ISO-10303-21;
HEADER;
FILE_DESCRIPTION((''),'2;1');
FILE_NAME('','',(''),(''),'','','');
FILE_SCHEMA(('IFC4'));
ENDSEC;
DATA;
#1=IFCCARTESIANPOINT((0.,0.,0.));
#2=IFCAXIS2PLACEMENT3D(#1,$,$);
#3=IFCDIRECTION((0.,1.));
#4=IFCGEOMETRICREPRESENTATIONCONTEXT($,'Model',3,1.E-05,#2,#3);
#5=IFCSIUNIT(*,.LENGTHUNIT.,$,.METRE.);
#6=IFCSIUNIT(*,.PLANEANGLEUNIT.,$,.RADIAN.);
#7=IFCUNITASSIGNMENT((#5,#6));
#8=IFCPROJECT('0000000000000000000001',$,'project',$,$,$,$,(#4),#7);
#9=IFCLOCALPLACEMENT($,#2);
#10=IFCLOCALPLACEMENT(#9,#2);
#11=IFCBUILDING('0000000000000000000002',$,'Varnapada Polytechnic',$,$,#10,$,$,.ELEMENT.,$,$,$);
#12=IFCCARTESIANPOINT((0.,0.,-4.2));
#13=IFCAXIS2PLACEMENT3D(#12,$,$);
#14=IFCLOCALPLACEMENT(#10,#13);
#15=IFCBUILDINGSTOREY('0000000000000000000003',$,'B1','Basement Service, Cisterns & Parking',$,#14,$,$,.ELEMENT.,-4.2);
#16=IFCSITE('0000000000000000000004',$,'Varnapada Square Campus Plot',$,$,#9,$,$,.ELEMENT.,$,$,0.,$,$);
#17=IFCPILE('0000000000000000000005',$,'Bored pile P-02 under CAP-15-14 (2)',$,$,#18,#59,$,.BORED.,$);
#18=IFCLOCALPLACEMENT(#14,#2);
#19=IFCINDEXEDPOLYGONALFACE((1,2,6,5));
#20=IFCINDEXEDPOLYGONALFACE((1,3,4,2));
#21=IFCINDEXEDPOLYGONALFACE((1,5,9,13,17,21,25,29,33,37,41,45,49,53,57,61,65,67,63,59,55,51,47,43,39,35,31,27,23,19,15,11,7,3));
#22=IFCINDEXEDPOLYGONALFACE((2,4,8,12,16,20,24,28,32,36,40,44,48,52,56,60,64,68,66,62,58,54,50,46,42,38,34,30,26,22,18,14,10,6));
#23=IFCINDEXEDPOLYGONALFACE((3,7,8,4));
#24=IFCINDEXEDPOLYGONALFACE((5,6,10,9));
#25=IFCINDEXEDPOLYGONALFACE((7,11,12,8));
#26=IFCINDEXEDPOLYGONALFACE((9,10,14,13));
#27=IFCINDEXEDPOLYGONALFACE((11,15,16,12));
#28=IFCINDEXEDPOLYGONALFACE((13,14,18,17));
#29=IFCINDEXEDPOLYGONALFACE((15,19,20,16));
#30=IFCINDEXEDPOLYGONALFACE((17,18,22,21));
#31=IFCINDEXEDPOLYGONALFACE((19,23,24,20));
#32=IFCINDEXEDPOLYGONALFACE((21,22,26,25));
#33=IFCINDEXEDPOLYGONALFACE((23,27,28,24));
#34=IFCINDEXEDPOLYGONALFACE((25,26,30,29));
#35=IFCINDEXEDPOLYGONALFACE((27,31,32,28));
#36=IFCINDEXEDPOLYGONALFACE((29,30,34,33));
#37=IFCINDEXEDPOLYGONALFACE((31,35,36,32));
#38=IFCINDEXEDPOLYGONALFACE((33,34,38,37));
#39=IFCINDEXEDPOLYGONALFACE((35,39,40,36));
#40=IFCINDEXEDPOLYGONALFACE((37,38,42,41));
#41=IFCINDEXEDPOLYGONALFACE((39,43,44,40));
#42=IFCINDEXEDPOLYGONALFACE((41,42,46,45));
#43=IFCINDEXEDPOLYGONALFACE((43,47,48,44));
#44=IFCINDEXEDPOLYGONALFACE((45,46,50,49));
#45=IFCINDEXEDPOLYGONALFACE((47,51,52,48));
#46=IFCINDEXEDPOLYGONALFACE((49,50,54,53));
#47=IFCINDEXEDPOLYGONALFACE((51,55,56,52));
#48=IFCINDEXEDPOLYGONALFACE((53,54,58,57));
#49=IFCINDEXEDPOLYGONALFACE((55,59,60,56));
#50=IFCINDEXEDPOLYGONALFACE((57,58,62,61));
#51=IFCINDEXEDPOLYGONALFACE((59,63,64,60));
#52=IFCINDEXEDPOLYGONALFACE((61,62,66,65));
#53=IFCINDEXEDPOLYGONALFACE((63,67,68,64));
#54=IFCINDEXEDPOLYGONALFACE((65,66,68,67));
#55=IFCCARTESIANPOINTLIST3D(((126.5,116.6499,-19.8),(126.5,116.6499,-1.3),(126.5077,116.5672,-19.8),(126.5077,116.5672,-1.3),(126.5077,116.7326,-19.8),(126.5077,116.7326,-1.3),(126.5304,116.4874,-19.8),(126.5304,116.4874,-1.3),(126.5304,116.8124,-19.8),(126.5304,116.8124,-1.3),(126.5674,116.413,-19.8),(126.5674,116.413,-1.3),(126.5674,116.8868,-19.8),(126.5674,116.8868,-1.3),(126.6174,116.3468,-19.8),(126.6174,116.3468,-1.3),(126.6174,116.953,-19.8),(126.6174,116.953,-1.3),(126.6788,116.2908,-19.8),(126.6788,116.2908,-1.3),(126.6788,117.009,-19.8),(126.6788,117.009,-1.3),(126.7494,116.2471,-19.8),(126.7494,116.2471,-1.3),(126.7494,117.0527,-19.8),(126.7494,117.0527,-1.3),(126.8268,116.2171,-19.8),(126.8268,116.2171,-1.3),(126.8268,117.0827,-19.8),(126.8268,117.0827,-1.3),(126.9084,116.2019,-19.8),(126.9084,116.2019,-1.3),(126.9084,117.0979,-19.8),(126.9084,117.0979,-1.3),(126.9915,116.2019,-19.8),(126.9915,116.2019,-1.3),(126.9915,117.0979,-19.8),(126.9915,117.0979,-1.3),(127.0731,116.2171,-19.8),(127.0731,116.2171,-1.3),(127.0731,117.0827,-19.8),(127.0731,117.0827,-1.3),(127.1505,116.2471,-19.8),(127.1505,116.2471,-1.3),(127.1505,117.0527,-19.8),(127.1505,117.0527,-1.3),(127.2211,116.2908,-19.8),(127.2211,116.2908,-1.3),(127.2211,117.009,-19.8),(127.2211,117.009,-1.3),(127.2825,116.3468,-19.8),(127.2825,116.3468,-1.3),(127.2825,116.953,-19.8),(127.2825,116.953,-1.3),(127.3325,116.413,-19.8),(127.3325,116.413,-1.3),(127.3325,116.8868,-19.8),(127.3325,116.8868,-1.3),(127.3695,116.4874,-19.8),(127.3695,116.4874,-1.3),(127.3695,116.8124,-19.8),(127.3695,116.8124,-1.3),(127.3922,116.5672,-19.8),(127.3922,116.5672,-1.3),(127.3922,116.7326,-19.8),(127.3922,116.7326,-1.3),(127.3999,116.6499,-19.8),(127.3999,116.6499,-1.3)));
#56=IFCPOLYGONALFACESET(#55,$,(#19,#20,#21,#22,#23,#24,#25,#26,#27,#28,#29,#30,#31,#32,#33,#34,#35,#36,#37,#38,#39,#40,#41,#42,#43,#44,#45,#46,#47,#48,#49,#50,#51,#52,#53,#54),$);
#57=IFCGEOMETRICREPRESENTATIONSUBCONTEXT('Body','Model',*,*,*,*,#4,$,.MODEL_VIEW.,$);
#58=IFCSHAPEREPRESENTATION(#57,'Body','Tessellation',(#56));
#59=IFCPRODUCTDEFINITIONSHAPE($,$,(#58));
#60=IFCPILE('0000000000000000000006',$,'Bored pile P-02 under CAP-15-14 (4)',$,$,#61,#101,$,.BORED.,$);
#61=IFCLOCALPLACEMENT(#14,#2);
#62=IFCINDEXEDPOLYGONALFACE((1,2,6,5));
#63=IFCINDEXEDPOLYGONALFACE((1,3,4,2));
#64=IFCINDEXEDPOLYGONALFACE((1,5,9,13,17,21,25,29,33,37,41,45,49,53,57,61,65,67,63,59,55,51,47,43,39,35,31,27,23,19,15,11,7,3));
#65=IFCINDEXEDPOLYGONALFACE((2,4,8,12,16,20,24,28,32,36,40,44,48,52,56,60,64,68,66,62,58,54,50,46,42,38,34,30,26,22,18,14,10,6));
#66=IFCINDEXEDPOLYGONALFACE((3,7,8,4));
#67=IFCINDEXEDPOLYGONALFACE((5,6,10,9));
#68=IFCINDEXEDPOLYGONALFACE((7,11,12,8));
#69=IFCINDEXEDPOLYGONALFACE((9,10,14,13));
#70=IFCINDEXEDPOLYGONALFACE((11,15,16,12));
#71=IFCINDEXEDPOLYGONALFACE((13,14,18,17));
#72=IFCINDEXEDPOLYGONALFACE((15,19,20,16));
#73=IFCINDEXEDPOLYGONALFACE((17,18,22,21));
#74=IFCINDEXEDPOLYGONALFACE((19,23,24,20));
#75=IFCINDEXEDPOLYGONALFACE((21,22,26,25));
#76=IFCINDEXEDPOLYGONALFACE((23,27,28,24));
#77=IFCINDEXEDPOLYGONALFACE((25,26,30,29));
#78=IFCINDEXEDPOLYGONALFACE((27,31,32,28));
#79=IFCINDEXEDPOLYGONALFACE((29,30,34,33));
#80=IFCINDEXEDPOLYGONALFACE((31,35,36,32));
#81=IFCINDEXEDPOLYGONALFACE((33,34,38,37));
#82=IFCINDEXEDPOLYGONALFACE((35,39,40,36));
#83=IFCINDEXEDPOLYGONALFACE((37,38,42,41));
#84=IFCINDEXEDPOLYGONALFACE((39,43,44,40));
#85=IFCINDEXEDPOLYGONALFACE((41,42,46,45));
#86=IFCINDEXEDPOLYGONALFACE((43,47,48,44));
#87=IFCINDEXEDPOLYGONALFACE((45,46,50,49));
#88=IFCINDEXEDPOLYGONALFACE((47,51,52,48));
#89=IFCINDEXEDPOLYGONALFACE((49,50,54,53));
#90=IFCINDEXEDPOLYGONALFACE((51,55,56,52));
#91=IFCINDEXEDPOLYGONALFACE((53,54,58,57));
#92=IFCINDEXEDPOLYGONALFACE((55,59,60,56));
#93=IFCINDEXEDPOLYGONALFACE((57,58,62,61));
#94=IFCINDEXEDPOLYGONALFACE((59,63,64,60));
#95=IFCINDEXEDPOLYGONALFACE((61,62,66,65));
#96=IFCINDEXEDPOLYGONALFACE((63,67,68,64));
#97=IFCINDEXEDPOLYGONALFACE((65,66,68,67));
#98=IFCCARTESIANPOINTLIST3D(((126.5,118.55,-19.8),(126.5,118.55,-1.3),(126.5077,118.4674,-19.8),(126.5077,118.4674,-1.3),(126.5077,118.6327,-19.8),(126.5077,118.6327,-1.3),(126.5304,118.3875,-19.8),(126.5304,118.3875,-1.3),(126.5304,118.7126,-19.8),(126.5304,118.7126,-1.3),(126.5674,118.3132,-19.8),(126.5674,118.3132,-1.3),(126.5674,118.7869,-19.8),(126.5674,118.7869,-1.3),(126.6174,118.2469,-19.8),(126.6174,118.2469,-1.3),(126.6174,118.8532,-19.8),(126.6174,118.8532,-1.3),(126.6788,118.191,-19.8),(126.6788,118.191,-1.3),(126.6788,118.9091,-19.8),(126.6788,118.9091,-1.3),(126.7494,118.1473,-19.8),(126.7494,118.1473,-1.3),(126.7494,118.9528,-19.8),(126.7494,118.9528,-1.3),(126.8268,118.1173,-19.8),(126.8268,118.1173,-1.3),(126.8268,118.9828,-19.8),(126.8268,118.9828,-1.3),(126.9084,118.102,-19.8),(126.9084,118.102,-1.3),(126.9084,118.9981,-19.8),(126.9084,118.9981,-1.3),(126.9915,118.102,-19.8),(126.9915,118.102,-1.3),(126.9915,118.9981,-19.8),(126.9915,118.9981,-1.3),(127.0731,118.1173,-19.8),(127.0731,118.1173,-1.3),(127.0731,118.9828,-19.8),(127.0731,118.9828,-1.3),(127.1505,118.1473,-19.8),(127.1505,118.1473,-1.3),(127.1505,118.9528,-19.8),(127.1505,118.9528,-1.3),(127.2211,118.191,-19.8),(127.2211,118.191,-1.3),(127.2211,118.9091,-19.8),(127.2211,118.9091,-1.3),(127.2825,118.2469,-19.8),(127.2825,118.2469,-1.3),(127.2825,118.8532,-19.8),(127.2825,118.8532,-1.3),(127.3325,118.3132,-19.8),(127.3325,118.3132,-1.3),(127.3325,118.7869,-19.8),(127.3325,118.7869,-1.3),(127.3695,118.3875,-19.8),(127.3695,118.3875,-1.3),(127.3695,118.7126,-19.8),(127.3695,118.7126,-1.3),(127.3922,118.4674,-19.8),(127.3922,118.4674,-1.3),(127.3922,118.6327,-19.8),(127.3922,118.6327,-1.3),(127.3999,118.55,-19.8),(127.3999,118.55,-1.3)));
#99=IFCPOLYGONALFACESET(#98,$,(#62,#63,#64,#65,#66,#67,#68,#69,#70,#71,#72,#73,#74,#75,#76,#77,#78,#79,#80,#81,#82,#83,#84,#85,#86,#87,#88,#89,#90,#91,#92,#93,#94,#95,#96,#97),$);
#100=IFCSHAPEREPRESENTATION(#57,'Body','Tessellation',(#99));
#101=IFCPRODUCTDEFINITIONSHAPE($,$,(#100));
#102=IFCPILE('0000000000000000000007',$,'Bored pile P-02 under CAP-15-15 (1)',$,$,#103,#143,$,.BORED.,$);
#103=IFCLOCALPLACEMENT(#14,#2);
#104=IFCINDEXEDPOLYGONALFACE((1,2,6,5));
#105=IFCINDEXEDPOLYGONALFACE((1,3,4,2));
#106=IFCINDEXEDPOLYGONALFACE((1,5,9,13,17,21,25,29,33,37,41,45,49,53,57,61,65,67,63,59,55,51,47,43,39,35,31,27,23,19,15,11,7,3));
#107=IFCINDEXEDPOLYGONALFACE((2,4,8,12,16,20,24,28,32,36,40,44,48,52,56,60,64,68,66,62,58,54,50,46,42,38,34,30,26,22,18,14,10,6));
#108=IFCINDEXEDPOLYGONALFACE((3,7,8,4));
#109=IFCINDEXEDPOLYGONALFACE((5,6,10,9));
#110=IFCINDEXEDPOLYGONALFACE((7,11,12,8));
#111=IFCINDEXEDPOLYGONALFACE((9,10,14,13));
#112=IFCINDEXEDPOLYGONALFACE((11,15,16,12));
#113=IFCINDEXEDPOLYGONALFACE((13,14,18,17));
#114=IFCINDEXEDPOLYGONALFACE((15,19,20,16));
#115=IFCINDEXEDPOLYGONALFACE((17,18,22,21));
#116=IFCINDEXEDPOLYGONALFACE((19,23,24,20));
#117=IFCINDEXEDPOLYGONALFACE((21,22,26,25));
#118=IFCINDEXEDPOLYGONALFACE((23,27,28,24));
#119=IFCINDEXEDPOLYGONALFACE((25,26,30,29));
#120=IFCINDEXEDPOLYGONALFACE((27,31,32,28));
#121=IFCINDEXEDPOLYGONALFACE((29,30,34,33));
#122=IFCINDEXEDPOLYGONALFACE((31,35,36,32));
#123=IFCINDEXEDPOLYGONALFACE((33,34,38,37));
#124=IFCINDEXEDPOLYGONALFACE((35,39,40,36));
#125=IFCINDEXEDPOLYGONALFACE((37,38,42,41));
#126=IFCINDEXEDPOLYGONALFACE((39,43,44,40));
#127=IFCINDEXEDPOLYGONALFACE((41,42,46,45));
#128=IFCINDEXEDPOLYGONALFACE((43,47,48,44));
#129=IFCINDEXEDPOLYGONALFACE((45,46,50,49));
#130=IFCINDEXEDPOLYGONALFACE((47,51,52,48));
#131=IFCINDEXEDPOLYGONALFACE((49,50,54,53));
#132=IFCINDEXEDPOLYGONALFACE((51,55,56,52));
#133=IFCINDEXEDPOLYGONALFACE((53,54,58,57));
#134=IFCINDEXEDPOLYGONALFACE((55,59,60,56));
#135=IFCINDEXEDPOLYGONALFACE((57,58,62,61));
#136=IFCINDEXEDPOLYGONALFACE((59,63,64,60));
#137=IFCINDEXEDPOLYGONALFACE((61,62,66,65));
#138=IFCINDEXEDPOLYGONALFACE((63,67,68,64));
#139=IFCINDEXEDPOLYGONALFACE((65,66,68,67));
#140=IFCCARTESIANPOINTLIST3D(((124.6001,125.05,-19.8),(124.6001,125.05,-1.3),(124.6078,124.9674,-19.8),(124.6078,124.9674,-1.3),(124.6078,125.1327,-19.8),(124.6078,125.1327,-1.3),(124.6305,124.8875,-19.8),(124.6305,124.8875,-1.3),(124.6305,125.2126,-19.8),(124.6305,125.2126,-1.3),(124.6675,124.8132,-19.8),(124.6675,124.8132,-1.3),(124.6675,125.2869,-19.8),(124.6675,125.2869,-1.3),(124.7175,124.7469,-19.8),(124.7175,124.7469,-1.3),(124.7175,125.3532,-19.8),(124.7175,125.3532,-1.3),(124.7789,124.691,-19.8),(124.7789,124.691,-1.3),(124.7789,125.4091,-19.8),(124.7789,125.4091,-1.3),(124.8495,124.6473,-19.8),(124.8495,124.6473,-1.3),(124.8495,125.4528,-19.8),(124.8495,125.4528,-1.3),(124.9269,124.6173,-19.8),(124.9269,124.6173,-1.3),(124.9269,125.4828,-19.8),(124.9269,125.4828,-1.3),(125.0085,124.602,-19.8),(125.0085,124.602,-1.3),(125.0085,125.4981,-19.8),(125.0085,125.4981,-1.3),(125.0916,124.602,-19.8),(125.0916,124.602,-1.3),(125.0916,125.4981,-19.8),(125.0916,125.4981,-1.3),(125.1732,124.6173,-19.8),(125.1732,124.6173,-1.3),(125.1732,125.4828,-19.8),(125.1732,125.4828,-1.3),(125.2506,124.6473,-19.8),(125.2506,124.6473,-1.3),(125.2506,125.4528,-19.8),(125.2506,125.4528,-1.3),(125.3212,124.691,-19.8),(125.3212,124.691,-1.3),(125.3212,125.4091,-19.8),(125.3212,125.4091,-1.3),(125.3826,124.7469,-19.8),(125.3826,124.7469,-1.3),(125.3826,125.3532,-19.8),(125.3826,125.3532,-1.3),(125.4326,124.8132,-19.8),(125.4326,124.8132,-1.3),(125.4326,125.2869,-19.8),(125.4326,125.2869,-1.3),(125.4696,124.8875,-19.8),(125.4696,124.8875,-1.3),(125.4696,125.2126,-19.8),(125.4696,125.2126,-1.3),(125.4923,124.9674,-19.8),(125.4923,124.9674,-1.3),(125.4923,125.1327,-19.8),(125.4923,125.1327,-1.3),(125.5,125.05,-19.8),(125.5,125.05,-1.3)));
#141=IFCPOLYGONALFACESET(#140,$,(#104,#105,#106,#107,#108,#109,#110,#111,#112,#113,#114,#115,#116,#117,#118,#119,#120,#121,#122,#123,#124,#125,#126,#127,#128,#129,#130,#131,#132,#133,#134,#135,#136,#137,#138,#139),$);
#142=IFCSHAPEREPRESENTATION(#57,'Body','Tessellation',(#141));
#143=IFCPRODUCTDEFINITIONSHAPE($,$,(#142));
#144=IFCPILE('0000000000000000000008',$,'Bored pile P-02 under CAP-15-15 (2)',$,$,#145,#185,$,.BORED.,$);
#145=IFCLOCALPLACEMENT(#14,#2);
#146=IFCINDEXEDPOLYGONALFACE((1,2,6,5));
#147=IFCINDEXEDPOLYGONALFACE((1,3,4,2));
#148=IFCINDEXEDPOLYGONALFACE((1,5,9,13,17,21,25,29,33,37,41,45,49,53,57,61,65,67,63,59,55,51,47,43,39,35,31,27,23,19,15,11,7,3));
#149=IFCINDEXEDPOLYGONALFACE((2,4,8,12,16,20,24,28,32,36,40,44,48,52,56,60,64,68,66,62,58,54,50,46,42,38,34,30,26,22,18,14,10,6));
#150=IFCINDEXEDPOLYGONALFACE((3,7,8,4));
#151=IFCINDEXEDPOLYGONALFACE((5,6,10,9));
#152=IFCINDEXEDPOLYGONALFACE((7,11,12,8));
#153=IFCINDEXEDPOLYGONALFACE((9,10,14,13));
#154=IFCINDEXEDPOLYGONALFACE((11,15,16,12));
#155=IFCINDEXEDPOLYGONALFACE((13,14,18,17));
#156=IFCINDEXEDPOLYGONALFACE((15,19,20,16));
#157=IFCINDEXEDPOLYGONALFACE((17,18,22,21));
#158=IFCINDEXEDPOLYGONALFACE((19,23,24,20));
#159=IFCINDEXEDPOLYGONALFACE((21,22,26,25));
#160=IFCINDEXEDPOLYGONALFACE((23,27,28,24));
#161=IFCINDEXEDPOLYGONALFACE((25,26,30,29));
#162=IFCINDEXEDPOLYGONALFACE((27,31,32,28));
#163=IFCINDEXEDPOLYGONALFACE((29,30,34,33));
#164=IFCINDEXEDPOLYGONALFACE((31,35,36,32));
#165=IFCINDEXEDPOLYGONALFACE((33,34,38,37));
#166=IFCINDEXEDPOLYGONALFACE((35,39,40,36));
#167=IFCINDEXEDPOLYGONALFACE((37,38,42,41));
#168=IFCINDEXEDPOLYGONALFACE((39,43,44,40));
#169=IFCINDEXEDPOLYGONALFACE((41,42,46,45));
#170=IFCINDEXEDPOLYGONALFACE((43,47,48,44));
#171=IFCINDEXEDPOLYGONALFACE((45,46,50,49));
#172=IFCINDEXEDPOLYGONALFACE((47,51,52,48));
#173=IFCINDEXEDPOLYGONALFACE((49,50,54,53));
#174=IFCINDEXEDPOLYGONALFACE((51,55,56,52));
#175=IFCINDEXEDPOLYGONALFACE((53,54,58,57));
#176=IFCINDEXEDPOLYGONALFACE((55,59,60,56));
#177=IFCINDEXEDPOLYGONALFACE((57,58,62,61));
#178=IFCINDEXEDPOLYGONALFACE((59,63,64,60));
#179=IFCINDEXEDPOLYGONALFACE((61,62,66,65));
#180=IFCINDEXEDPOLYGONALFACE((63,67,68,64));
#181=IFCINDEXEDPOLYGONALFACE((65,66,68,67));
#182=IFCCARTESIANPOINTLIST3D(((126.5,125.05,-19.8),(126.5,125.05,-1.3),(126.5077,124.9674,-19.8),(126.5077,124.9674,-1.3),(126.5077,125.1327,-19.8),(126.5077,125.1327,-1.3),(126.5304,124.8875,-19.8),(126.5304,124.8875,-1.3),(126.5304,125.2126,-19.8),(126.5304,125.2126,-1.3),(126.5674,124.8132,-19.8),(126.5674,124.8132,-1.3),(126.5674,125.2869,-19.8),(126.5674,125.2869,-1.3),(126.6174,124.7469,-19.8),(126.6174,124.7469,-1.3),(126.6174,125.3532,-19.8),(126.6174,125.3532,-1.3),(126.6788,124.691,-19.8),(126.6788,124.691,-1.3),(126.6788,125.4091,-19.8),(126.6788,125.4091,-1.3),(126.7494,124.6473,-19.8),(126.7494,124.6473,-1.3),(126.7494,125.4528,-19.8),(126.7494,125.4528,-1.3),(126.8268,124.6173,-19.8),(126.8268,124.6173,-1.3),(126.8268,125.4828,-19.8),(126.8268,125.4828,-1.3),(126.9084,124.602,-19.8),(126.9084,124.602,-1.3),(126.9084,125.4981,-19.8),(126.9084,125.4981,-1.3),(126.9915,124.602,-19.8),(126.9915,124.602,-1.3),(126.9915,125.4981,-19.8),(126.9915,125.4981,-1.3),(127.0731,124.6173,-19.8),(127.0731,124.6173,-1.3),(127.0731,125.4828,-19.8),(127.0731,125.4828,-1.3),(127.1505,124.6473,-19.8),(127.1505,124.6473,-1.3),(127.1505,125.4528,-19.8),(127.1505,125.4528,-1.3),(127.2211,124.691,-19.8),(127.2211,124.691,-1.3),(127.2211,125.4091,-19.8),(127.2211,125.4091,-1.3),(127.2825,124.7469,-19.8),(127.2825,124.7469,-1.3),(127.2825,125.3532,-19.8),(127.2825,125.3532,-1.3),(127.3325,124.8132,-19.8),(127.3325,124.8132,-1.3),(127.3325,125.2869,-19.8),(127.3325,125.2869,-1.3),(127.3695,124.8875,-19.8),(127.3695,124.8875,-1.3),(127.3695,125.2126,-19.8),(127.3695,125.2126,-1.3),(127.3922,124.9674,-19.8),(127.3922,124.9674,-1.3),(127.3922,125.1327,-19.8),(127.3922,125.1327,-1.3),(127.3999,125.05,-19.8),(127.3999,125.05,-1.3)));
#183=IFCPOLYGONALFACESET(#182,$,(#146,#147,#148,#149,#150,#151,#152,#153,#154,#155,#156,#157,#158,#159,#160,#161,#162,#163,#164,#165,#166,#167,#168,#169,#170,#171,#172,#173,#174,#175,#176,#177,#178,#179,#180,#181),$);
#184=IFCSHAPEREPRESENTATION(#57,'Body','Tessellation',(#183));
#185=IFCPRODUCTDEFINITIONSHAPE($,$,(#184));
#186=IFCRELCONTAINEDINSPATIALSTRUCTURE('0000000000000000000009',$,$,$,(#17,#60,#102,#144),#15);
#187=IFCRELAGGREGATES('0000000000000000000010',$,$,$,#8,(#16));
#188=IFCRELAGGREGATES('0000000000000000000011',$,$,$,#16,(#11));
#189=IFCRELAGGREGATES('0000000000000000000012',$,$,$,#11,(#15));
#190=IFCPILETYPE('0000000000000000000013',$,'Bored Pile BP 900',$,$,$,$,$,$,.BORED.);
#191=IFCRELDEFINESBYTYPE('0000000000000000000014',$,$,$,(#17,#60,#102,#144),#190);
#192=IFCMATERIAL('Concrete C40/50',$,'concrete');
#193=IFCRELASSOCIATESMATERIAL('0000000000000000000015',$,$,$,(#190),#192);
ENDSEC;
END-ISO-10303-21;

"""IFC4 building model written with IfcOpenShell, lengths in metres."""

from ifc_helpers import new_model, si_unit, direction, frame, origin, origin_2d, place, context, subcontext, project, spatial, circle, extrude, material, material_profile, profile_set, type_object, element, save


model = new_model("IFC4")

# Units and contexts
model_context = context("Model", 3, precision=1e-05, world=origin(), true_north=direction((0.0, 1.0)))
body_context = subcontext(model_context, "Body", "Model", "MODEL_VIEW")
ifc_project = project(units=[si_unit("LENGTHUNIT", "METRE"), si_unit("PLANEANGLEUNIT", "RADIAN")], contexts=[model_context])

# Site, building, storey
site_placement = place(None, origin())
site = spatial("IfcSite", under=ifc_project, at=site_placement, Name="Varnapada Square Campus Plot", CompositionType="ELEMENT", RefElevation=0.0)
building_placement = place(site_placement, origin())
building = spatial("IfcBuilding", under=site, at=building_placement, Name="Varnapada Polytechnic", CompositionType="ELEMENT")
storey_placement = place(building_placement, frame((0.0, 0.0, -4.2)))
storey = spatial("IfcBuildingStorey", under=building, at=storey_placement, Name="B1", Description="Basement Service, Cisterns & Parking", CompositionType="ELEMENT", Elevation=-4.2)

# Piles
ifc_material_1 = material(Name="Concrete C40/50", Category="concrete")
ifc_material_profile_1 = material_profile(ifc_material_1, circle(Radius=0.45, at=origin_2d()), Name="BP 900")
ifc_profile_set_1 = profile_set([ifc_material_profile_1], Name="Concrete C40/50")
pile_type = type_object("IfcPileType", Name="Bored Pile BP 900", PredefinedType="BORED", material=ifc_profile_set_1)
for number, where, z_axis, x_axis, name in (
    (1, (126.95, 116.6499, -1.3), (0.0, 0.0, -1.0), (1.0, 0.0, 0.0), "Bored pile P-02 under CAP-15-14 (2)"),
    (2, (126.95, 118.55, -1.3), (0.0, 0.0, -1.0), (1.0, 0.0, 0.0), "Bored pile P-02 under CAP-15-14 (4)"),
    (3, (125.05, 125.05, -1.3), (0.0, 0.0, -1.0), (1.0, 0.0, 0.0), "Bored pile P-02 under CAP-15-15 (1)"),
    (4, (126.95, 125.05, -1.3), (0.0, 0.0, -1.0), (1.0, 0.0, 0.0), "Bored pile P-02 under CAP-15-15 (2)"),
):
    element("IfcPile", number, at=place(storey_placement, frame(where, z_axis=z_axis, x_axis=x_axis)), inside=storey, type_object=pile_type, Name=name, PredefinedType="BORED", context=body_context, shape_type="SweptSolid", body=[
        extrude(circle(Radius=0.45, at=origin_2d()), origin(), (0.0, 0.0, 1.0), 18.5),
    ])

save(model, "model.ifc")
